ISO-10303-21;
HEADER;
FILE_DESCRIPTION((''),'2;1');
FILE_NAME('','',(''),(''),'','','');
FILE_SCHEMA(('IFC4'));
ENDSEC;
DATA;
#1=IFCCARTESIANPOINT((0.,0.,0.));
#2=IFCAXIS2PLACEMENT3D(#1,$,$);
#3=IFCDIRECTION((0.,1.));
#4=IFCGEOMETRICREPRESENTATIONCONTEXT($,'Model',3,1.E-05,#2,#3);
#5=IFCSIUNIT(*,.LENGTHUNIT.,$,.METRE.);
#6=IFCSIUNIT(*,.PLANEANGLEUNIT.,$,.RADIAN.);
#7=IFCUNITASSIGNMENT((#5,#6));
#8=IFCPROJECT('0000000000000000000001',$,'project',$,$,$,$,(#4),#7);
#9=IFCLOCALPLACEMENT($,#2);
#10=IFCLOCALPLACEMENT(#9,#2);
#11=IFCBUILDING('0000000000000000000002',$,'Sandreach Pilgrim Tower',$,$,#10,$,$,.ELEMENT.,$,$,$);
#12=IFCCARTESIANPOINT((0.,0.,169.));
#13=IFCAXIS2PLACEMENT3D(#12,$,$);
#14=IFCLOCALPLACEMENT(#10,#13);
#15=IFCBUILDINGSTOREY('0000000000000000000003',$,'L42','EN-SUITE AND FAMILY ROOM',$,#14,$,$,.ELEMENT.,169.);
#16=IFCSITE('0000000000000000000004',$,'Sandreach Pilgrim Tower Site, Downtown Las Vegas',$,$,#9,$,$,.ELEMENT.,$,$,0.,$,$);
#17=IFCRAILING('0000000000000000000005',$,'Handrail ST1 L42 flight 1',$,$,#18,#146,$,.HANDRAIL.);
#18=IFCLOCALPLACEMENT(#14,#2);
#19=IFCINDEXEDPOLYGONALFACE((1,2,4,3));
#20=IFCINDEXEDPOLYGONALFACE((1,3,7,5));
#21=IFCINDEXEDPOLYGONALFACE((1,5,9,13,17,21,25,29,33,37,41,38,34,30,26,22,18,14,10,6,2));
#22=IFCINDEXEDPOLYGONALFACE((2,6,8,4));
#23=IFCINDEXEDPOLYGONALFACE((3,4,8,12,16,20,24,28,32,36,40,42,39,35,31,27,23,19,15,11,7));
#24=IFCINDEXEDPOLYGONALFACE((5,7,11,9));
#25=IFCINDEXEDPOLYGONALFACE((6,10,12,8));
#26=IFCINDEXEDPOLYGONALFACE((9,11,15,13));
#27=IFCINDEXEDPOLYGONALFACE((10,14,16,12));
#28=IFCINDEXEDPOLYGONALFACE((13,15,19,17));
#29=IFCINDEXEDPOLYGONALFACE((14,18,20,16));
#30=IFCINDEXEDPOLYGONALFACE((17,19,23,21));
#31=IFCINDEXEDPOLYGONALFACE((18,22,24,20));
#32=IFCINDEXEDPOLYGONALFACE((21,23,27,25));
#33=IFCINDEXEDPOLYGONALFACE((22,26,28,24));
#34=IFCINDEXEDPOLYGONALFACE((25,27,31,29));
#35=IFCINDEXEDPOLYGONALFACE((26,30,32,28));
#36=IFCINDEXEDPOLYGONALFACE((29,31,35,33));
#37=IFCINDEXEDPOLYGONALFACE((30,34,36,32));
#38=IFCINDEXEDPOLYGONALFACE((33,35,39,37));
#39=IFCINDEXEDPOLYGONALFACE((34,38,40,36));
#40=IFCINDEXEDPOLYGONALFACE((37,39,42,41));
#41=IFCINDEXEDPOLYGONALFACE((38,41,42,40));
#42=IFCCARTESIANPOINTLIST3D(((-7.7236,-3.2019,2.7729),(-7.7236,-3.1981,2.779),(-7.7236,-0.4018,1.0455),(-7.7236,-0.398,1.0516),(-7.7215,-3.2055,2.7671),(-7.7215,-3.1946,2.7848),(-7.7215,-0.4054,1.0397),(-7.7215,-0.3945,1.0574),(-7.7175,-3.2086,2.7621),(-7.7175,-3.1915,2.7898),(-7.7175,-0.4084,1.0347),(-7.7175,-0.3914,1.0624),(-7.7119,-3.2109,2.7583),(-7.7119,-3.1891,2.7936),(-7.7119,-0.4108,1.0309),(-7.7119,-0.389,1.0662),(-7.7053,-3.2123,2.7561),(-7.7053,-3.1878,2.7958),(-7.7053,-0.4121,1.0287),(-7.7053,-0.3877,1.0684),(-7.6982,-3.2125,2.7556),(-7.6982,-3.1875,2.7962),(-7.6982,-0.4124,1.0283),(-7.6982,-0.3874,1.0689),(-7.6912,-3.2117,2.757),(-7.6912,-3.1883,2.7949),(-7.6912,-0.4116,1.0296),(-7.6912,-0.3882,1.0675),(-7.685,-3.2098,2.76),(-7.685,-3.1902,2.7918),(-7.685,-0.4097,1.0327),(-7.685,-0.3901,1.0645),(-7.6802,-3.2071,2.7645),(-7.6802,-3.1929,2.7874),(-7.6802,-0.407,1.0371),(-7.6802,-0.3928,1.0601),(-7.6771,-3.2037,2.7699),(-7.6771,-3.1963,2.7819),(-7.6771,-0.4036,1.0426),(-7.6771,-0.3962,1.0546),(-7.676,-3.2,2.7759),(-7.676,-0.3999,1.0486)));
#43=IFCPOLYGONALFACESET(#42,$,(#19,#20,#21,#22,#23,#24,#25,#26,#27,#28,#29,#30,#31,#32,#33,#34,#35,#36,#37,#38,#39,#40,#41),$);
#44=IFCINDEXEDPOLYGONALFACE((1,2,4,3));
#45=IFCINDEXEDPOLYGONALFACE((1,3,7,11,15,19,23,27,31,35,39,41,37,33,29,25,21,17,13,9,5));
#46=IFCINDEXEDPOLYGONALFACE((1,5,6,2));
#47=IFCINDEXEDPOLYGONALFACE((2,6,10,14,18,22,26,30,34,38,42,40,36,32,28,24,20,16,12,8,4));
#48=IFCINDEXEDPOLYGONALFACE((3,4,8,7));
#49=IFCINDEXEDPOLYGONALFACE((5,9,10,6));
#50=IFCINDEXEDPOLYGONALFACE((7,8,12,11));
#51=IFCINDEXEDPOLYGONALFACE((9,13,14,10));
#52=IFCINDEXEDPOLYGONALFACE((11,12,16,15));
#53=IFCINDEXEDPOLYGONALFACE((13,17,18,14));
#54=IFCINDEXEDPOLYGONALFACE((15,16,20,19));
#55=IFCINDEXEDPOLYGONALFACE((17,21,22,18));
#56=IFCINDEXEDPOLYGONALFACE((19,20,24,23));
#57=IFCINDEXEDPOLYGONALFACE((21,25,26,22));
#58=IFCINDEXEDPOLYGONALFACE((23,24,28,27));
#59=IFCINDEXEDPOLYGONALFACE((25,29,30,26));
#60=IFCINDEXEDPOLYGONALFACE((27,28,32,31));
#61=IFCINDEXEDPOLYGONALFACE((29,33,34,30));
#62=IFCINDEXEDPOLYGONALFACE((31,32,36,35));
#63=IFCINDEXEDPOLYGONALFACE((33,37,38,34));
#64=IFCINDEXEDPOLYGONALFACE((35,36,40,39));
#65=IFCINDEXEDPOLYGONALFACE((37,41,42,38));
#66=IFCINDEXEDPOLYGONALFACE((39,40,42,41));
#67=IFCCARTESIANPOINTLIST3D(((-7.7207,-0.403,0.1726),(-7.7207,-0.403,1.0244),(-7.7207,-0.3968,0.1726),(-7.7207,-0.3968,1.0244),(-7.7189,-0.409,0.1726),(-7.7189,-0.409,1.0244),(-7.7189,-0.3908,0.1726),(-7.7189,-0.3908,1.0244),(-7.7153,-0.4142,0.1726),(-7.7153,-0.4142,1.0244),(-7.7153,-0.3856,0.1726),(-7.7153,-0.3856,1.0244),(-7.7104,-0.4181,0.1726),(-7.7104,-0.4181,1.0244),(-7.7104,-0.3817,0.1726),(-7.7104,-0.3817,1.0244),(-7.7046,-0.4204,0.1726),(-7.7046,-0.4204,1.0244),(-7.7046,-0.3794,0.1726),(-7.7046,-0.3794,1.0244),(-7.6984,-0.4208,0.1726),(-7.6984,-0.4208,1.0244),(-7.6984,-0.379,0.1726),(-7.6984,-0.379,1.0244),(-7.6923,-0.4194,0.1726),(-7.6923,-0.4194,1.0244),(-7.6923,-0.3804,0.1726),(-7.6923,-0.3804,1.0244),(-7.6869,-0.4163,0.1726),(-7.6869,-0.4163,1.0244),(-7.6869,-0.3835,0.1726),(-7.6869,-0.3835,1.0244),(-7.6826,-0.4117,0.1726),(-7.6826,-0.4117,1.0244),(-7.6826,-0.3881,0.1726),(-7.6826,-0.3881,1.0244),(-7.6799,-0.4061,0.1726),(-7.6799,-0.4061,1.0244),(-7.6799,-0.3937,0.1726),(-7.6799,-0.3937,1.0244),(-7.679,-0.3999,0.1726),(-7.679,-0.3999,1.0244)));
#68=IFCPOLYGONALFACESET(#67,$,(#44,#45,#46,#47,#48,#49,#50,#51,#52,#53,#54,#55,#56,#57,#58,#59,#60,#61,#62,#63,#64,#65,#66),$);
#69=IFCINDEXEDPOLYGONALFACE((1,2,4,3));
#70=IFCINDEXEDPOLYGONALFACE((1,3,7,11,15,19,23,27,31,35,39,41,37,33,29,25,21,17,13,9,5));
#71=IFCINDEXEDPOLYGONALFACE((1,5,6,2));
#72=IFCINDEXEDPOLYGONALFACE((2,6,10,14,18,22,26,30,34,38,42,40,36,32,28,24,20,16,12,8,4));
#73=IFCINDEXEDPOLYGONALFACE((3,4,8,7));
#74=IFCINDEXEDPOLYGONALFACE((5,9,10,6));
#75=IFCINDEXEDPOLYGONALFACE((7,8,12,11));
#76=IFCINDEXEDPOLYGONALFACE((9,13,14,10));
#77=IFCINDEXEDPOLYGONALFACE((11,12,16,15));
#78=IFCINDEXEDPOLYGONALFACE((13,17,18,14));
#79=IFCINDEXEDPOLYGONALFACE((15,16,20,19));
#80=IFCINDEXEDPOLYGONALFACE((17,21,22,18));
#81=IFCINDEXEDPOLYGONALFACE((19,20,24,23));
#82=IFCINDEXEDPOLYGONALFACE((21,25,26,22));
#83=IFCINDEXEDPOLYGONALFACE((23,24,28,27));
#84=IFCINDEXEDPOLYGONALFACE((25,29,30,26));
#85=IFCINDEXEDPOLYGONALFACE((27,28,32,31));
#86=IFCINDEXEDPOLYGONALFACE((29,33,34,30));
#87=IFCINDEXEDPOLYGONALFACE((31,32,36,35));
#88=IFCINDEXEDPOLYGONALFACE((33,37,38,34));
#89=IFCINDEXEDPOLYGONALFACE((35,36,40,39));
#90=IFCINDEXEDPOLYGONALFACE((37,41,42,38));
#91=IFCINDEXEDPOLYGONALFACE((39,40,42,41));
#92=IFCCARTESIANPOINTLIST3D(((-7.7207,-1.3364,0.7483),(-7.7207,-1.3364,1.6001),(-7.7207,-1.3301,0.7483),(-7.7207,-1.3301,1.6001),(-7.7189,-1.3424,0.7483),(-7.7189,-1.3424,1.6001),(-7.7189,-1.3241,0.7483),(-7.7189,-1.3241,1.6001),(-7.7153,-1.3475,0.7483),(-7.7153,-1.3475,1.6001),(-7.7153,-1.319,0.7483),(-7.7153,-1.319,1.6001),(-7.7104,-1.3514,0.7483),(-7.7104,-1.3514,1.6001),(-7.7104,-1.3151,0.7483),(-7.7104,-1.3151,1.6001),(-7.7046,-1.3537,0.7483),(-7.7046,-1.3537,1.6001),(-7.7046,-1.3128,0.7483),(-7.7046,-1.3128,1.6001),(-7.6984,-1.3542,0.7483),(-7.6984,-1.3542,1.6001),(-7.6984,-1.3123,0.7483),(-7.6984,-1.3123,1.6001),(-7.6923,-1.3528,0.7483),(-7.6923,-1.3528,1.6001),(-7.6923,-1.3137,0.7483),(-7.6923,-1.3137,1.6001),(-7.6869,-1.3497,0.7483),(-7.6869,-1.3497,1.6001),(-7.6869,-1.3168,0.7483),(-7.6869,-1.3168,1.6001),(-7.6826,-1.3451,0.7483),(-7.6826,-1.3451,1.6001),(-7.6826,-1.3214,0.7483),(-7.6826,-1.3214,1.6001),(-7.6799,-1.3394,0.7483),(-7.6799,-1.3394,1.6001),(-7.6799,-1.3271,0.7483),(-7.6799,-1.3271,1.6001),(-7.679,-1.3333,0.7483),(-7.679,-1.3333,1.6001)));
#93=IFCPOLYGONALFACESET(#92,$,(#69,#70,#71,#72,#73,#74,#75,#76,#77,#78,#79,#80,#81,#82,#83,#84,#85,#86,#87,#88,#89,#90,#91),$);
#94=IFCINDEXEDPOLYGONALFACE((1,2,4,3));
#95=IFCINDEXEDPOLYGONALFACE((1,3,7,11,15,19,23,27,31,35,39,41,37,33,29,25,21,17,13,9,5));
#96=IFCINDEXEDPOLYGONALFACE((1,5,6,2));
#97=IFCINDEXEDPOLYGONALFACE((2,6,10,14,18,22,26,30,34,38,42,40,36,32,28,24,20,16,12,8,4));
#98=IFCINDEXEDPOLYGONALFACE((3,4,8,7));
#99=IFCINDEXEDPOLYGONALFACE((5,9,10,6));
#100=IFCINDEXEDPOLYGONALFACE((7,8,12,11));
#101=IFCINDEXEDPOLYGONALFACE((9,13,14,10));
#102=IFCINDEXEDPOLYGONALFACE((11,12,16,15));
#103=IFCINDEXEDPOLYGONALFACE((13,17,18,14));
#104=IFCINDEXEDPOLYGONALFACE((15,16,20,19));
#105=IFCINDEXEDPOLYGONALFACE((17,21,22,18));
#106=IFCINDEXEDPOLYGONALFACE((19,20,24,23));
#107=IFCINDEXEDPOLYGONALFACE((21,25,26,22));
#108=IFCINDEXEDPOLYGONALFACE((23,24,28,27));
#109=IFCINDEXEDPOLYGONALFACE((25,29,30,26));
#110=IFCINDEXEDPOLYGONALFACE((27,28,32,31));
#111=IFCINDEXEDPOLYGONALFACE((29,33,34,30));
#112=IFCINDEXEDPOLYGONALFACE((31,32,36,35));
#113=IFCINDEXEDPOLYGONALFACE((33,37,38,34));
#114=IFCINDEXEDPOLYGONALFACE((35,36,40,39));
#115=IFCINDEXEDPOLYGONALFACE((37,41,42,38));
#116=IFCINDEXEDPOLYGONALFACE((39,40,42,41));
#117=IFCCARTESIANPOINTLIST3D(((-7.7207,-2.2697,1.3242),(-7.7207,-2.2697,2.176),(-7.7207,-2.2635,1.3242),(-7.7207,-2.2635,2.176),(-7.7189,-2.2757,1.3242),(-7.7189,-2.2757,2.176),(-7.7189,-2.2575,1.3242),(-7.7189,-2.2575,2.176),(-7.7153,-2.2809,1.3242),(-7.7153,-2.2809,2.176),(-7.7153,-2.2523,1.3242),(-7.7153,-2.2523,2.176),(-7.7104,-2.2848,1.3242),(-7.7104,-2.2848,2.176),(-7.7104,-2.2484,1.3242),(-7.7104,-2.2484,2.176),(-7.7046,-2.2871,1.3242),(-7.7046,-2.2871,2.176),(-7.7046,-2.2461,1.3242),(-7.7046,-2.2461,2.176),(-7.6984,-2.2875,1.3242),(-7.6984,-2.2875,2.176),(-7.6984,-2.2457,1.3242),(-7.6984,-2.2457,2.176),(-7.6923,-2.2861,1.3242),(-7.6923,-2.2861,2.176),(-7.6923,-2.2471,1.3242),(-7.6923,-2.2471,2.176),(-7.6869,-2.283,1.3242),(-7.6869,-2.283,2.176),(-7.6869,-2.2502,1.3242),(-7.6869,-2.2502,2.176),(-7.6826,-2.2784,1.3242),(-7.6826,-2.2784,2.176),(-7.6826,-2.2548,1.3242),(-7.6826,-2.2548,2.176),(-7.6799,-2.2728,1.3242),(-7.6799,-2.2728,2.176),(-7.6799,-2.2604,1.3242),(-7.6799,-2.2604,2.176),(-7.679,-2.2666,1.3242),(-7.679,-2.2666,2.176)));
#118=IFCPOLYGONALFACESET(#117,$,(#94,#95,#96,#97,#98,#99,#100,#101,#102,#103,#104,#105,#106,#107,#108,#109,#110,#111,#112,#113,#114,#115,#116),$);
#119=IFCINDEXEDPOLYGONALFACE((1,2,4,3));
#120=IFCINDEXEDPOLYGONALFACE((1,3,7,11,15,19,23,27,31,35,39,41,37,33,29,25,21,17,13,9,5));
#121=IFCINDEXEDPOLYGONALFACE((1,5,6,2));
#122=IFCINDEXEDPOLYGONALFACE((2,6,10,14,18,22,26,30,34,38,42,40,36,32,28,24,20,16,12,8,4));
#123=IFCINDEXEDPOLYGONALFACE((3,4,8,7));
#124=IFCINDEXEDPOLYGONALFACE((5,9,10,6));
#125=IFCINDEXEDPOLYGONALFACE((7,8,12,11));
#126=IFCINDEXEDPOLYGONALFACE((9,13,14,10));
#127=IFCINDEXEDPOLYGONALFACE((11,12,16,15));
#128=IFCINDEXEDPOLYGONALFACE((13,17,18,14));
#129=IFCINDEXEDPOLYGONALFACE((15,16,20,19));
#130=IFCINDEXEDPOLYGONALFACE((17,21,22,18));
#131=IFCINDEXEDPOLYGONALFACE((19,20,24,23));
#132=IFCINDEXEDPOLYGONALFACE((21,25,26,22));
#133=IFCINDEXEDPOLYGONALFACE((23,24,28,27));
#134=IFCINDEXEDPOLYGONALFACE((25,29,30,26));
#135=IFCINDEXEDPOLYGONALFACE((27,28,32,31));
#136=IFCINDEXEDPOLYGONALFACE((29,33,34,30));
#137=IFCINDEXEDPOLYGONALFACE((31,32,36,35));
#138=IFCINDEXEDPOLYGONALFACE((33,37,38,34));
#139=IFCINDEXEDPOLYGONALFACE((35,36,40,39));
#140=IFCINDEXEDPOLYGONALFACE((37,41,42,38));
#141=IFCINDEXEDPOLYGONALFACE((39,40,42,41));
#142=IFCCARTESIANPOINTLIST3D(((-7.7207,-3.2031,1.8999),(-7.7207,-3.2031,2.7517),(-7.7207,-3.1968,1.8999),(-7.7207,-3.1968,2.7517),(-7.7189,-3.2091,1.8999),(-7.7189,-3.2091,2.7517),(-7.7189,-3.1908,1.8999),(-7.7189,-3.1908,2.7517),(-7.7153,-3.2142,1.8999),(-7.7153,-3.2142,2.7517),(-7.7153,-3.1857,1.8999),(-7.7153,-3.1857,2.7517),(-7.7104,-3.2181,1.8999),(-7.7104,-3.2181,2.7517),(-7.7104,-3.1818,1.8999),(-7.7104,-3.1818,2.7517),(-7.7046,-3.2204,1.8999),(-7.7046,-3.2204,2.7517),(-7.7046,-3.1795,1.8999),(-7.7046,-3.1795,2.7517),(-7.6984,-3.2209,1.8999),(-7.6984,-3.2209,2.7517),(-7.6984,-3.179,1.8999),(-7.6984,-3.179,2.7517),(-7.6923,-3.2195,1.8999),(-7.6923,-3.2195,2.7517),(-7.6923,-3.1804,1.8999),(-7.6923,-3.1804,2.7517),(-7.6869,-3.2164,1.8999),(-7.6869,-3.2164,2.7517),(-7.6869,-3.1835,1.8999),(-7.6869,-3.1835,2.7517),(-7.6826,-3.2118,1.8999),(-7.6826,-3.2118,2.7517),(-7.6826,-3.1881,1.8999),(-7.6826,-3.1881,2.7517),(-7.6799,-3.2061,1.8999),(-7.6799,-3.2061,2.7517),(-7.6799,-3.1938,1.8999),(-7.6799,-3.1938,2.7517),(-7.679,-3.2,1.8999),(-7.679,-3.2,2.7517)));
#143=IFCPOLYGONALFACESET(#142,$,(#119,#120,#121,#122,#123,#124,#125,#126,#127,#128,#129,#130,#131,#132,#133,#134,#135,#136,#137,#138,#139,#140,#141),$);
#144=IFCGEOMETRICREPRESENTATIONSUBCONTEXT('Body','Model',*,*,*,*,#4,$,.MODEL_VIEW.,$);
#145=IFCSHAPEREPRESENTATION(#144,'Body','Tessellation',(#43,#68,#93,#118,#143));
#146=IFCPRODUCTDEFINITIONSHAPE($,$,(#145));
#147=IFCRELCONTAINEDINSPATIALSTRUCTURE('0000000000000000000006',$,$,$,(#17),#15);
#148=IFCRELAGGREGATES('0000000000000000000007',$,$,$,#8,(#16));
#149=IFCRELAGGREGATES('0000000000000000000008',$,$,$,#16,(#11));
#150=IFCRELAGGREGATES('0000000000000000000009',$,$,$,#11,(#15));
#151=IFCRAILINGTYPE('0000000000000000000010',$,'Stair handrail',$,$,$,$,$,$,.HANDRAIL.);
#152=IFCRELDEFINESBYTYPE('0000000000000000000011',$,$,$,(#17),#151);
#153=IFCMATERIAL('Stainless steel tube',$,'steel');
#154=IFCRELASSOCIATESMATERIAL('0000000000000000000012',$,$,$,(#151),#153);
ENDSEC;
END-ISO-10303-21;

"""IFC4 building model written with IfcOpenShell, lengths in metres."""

from ifc_helpers import new_model, si_unit, direction, frame, origin, origin_2d, place, context, subcontext, project, spatial, circle, extrude, material, type_object, element, save


model = new_model("IFC4")

# Units and contexts
model_context = context("Model", 3, precision=1e-05, world=origin(), true_north=direction((0.0, 1.0)))
body_context = subcontext(model_context, "Body", "Model", "MODEL_VIEW")
ifc_project = project(units=[si_unit("LENGTHUNIT", "METRE"), si_unit("PLANEANGLEUNIT", "RADIAN")], contexts=[model_context])

# Site, building, storey
site_placement = place(None, origin())
site = spatial("IfcSite", under=ifc_project, at=site_placement, Name="Sandreach Pilgrim Tower Site, Downtown Las Vegas", CompositionType="ELEMENT", RefElevation=0.0)
building_placement = place(site_placement, origin())
building = spatial("IfcBuilding", under=site, at=building_placement, Name="Sandreach Pilgrim Tower", CompositionType="ELEMENT")
storey_placement = place(building_placement, frame((0.0, 0.0, 169.0)))
storey = spatial("IfcBuildingStorey", under=building, at=storey_placement, Name="L42", Description="EN-SUITE AND FAMILY ROOM", CompositionType="ELEMENT", Elevation=169.0)

# Railing
ifc_material_1 = material(Name="Stainless steel tube", Category="steel")
railing_type = type_object("IfcRailingType", Name="Stair handrail", PredefinedType="HANDRAIL", material=ifc_material_1)
railing_placement = place(storey_placement, frame((-7.7, -0.3999, 0.1726)))
element("IfcRailing", 1, at=railing_placement, inside=storey, type_object=railing_type, Name="Handrail ST1 L42 flight 1", PredefinedType="HANDRAIL", context=body_context, shape_type="SweptSolid", body=[
    extrude(circle(Radius=0.0239, at=origin_2d()), frame((0.0, 0.0, 0.876), z_axis=(0.0, -0.85109, 0.52502), x_axis=(1.0, 0.0, 0.0)), (0.0, 0.0, 1.0), 3.29),
    extrude(circle(Radius=0.021, at=origin_2d()), origin(), (0.0, 0.0, 1.0), 0.8518),
    extrude(circle(Radius=0.021, at=origin_2d()), frame((0.0, -0.9333, 0.5757)), (0.0, 0.0, 1.0), 0.8518),
    extrude(circle(Radius=0.021, at=origin_2d()), frame((0.0, -1.8667, 1.1516)), (0.0, 0.0, 1.0), 0.8518),
    extrude(circle(Radius=0.021, at=origin_2d()), frame((0.0, -2.8, 1.7273)), (0.0, 0.0, 1.0), 0.8518),
])

save(model, "model.ifc")
